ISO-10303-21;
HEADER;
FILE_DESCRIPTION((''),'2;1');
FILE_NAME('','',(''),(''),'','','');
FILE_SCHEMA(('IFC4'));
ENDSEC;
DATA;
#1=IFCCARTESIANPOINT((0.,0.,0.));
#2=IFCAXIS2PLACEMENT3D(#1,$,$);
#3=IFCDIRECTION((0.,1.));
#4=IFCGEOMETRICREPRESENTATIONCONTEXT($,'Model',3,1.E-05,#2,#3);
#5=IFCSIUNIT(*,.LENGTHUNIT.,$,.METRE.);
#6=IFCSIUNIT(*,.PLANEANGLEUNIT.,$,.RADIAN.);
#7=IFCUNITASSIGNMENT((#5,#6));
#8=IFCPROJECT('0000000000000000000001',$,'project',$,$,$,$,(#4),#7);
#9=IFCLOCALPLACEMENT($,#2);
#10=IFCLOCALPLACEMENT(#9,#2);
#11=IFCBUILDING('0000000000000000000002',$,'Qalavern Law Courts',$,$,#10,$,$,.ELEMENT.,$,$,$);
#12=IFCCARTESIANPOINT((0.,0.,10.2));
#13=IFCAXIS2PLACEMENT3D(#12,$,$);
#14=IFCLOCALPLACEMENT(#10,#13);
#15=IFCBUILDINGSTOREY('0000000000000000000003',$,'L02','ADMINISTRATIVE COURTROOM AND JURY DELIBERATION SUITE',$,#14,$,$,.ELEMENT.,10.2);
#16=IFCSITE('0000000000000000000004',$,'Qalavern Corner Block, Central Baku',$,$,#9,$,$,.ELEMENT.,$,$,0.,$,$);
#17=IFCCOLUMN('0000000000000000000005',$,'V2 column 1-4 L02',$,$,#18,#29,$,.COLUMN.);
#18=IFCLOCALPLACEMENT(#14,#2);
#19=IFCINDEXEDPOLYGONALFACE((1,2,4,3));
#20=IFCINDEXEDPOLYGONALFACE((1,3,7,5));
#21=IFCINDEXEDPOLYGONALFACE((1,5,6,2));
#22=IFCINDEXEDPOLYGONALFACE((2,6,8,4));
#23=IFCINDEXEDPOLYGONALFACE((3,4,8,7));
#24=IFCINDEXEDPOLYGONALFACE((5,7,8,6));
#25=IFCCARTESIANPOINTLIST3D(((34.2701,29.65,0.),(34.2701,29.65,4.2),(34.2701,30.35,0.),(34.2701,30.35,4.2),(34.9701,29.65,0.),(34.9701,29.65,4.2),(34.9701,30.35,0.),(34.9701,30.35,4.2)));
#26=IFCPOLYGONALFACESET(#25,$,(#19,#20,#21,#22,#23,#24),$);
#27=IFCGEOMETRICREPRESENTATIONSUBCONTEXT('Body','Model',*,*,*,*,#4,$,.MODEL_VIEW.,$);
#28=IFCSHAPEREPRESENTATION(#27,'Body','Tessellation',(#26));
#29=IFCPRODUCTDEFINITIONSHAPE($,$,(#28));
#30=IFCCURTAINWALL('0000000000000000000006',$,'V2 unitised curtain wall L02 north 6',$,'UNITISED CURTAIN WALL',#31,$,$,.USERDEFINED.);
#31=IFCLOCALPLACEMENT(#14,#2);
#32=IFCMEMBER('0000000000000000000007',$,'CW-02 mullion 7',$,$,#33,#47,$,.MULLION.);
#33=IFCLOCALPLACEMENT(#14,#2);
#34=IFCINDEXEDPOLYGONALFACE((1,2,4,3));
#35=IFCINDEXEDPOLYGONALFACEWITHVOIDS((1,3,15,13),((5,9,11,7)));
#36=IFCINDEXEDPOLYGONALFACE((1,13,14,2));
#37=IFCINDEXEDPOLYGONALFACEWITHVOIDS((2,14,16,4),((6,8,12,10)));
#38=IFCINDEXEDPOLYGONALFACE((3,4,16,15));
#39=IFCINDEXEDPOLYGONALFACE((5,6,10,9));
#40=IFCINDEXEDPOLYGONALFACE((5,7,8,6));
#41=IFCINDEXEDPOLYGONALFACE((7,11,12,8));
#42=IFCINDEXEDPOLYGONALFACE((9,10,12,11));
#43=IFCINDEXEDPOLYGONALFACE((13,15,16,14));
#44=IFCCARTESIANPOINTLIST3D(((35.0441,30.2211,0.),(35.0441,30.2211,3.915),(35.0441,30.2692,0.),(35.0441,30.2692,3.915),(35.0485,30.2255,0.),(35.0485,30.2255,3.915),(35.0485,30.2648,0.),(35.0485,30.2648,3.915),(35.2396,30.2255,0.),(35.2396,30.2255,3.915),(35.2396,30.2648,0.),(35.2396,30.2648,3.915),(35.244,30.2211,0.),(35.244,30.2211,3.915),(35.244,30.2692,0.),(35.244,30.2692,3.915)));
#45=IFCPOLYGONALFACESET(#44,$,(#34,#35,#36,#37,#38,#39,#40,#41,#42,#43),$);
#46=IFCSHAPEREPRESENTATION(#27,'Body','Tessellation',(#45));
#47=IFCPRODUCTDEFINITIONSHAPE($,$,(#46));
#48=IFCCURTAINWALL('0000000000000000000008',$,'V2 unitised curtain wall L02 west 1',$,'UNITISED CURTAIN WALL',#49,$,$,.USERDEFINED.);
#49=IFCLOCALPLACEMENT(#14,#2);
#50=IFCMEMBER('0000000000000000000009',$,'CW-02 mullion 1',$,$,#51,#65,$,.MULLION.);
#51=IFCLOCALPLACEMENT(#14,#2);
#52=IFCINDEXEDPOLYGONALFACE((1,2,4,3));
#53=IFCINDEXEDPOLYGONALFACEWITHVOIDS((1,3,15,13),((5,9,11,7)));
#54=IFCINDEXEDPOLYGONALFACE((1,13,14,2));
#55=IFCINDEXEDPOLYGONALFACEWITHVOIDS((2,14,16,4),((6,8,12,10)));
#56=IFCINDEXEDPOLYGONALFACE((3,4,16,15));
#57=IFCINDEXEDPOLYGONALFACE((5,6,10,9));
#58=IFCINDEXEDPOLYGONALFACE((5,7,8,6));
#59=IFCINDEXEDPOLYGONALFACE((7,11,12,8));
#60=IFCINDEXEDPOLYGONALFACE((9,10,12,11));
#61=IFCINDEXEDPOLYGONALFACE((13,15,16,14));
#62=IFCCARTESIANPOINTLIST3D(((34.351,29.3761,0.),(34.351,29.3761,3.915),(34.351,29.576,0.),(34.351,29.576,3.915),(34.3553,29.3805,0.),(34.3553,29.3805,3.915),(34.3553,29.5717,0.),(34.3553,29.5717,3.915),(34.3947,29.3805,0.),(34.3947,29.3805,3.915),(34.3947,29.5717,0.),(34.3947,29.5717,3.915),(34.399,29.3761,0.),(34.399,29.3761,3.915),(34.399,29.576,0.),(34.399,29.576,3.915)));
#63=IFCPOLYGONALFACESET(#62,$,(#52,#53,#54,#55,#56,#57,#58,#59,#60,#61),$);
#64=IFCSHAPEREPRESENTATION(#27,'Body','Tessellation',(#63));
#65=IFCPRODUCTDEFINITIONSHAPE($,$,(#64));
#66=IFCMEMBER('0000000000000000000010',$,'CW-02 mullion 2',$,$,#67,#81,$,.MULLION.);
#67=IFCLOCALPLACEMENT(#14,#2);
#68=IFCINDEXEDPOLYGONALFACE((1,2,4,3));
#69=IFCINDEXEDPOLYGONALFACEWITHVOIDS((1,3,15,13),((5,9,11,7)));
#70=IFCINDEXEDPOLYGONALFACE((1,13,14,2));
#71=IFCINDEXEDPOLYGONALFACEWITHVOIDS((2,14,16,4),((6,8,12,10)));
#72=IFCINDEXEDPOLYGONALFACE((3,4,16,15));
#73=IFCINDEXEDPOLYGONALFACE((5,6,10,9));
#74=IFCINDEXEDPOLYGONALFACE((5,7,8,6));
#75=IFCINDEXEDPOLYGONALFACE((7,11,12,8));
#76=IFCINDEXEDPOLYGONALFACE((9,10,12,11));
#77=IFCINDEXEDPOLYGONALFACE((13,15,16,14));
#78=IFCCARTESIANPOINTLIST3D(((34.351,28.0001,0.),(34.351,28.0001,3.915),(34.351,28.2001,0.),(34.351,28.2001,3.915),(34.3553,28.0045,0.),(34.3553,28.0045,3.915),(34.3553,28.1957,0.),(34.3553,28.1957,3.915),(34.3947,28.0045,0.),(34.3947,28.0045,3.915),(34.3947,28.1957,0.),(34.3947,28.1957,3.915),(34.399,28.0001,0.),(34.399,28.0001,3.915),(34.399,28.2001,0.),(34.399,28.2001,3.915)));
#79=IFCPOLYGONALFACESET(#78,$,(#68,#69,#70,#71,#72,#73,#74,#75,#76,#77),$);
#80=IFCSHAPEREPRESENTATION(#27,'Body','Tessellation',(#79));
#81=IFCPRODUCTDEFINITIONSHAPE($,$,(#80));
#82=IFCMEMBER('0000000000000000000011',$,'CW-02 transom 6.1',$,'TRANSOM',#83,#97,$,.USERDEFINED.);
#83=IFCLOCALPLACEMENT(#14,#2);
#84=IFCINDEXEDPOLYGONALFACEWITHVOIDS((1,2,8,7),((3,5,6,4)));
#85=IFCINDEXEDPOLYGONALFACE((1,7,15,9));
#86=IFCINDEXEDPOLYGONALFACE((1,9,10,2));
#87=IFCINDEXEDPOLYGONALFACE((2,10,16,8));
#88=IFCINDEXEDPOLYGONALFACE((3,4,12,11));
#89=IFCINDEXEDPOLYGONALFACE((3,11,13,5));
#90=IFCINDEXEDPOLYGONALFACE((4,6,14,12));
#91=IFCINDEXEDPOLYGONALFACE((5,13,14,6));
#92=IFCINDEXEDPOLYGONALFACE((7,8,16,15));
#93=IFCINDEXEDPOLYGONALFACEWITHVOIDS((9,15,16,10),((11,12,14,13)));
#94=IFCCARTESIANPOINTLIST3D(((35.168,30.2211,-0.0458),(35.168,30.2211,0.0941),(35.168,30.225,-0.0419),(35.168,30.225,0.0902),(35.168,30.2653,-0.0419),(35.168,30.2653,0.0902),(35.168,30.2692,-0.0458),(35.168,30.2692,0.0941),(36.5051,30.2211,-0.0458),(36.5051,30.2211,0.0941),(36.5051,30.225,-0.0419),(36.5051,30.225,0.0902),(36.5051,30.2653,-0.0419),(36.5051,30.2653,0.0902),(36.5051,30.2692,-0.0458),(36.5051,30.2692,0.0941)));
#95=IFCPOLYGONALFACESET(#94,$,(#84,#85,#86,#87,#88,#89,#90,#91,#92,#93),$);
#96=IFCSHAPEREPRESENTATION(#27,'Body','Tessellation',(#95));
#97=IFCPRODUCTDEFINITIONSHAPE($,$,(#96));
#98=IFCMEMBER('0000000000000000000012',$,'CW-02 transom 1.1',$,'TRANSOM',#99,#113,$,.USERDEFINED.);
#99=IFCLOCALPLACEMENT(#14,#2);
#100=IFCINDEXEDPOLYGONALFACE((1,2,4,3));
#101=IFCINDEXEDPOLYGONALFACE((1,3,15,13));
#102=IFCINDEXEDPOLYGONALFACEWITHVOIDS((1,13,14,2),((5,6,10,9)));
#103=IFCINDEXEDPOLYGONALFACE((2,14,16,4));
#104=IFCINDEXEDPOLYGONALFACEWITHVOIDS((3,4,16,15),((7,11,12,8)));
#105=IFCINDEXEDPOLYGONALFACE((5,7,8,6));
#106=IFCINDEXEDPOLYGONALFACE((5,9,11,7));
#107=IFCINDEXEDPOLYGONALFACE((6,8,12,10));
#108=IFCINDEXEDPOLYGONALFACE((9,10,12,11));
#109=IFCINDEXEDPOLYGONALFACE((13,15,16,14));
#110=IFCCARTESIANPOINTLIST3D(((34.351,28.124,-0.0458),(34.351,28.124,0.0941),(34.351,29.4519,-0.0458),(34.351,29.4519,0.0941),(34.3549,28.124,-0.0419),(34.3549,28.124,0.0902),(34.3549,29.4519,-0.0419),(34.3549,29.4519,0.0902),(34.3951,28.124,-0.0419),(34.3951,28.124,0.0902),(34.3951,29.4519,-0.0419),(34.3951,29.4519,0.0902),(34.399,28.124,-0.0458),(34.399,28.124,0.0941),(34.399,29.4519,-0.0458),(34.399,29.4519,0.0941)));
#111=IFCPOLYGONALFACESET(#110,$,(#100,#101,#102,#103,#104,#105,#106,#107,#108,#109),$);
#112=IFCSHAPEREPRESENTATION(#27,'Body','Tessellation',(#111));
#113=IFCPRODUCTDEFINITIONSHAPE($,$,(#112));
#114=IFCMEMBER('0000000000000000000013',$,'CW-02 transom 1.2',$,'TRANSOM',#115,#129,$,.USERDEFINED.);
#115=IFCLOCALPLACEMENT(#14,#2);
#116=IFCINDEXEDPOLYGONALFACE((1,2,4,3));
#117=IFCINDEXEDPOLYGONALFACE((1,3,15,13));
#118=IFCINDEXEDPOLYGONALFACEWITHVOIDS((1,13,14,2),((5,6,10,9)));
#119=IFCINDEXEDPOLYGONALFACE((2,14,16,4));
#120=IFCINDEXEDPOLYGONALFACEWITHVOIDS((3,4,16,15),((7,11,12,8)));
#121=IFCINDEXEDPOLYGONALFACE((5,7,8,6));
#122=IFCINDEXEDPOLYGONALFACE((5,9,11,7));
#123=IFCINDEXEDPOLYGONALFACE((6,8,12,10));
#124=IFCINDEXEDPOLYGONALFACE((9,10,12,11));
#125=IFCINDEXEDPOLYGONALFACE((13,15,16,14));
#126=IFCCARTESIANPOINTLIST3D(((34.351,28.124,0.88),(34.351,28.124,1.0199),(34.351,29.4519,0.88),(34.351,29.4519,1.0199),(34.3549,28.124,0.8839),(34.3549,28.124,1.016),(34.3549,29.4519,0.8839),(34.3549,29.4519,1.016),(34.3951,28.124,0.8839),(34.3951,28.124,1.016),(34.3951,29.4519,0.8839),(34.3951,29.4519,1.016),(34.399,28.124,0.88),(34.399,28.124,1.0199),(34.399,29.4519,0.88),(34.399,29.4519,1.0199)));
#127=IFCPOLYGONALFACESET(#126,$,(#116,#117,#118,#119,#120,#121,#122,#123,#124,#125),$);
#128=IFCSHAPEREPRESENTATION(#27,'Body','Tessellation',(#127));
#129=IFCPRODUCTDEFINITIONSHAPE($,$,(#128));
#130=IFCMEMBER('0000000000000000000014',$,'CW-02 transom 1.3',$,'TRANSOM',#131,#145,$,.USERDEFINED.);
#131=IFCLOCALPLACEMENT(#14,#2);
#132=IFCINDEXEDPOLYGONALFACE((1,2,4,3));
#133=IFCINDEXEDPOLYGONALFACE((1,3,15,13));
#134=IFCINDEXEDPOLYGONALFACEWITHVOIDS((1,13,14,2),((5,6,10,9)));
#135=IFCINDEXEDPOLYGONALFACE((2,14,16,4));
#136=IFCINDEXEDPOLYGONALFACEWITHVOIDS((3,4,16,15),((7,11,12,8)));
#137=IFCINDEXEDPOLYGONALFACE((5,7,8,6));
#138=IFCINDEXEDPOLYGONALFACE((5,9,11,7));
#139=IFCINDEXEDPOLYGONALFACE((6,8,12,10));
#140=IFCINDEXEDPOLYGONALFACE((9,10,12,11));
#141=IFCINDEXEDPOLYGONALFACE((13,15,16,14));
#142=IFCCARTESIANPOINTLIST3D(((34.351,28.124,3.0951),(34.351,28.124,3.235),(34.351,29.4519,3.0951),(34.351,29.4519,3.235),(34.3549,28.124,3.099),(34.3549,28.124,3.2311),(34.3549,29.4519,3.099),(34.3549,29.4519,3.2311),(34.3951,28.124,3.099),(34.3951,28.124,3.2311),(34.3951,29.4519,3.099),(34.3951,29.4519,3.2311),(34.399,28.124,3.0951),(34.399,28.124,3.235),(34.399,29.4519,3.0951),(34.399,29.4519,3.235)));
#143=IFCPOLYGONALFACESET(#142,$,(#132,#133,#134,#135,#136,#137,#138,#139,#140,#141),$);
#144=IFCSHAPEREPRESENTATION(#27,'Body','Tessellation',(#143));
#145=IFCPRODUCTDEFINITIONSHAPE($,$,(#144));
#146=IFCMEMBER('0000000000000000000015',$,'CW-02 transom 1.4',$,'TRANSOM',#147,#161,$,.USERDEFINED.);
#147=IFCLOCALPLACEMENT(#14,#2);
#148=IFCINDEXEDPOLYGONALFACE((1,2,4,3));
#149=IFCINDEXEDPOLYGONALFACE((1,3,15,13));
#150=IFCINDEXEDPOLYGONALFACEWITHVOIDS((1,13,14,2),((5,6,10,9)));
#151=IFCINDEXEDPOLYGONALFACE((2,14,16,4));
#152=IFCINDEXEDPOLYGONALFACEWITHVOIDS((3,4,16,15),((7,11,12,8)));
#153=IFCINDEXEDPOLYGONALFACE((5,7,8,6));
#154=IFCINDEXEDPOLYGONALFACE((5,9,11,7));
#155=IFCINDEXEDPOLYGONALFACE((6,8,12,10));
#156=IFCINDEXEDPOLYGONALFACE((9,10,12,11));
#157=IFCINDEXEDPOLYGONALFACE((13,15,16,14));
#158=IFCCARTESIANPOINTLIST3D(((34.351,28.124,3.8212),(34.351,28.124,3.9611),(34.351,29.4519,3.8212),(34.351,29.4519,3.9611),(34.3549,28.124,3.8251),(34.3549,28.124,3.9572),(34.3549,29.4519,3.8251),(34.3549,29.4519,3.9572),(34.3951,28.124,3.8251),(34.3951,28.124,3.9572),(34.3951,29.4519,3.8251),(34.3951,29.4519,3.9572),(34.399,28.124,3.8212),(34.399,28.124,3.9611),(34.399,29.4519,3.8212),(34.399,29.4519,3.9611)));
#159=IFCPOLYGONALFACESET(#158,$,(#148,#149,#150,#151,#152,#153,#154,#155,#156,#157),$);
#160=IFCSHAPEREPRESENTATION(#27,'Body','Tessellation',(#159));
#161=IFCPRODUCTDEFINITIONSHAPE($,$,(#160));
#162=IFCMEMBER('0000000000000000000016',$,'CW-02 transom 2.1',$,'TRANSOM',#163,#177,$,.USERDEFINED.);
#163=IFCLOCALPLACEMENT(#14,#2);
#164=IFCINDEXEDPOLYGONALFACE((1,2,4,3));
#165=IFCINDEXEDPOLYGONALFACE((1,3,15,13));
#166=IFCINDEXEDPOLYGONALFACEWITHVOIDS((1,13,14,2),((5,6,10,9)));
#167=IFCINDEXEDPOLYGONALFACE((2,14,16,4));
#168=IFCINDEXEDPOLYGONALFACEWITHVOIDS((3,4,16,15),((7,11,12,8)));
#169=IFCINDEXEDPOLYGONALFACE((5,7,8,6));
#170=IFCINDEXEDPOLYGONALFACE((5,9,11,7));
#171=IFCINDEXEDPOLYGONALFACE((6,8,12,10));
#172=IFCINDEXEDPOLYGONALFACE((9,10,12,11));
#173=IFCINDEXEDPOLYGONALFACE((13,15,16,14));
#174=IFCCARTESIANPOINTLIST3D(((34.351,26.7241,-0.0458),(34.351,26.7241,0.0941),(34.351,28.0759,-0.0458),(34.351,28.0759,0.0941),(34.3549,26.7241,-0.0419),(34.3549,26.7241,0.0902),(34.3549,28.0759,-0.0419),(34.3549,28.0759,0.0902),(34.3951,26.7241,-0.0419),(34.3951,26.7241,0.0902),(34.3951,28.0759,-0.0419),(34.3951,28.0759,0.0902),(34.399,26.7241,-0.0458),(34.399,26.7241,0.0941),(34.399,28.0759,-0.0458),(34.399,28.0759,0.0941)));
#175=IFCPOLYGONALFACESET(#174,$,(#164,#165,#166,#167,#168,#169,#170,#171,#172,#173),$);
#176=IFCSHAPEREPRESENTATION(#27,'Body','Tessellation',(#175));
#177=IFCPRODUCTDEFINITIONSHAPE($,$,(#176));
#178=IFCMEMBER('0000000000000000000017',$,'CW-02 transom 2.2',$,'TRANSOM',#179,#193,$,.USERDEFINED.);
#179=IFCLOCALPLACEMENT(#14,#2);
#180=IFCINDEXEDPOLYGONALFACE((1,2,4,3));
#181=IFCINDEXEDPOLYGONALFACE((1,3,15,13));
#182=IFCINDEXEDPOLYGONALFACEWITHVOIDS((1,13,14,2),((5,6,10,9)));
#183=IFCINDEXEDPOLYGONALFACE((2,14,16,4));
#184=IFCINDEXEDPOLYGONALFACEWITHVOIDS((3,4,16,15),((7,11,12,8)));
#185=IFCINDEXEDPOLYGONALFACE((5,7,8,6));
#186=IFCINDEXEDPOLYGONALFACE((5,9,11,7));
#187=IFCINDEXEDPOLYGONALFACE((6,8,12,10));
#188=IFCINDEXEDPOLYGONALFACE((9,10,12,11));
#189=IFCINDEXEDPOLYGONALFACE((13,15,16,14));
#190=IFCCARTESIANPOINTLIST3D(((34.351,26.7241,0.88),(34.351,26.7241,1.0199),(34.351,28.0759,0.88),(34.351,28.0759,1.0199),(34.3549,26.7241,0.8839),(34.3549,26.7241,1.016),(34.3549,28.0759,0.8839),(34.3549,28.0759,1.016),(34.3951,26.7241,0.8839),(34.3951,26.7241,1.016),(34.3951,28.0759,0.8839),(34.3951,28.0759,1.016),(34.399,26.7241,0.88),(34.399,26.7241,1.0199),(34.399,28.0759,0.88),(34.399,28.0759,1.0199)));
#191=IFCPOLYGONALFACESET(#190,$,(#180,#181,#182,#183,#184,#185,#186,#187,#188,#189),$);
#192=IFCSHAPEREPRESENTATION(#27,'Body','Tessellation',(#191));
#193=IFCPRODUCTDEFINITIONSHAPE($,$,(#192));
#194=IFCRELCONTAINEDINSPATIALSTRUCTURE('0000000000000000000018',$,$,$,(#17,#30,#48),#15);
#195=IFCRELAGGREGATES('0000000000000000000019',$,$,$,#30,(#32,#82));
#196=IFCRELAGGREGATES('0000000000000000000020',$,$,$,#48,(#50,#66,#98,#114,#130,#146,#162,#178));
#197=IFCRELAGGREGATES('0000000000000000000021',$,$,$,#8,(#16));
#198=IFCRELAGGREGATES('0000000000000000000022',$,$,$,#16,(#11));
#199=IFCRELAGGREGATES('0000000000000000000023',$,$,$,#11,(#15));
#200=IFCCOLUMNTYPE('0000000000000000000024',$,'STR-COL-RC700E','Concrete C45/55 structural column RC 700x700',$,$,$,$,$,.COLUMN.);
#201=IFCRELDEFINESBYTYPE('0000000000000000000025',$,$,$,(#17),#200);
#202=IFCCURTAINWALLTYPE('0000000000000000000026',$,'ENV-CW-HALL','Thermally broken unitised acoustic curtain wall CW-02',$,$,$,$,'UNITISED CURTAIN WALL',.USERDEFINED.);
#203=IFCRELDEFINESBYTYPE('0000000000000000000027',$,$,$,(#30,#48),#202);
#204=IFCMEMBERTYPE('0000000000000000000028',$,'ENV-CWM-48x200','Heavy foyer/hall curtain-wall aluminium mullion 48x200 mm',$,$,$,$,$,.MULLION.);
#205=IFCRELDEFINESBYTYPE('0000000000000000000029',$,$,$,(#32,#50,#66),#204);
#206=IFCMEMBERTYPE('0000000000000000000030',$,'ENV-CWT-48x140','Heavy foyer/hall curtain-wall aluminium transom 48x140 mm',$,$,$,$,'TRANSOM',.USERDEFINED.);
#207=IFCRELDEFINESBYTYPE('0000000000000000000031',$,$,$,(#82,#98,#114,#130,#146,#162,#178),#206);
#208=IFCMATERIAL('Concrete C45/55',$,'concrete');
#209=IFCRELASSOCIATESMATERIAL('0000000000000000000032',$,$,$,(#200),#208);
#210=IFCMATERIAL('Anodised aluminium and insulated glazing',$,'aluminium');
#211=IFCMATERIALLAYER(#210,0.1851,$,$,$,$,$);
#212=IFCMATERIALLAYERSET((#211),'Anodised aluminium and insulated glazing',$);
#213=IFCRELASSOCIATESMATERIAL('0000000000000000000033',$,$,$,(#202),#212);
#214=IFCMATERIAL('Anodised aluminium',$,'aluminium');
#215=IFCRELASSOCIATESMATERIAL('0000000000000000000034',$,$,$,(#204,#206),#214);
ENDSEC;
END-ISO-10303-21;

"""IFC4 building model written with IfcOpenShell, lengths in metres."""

from ifc_helpers import new_model, si_unit, direction, frame, origin, origin_2d, place, context, subcontext, project, spatial, rectangle, hollow_rectangle, extrude, material, layer, layer_set, material_profile, profile_set, type_object, element, aggregate, save


model = new_model("IFC4")

# Units and contexts
model_context = context("Model", 3, precision=1e-05, world=origin(), true_north=direction((0.0, 1.0)))
body_context = subcontext(model_context, "Body", "Model", "MODEL_VIEW")
ifc_project = project(units=[si_unit("LENGTHUNIT", "METRE"), si_unit("PLANEANGLEUNIT", "RADIAN")], contexts=[model_context])

# Site, building, storey
site_placement = place(None, origin())
site = spatial("IfcSite", under=ifc_project, at=site_placement, Name="Qalavern Corner Block, Central Baku", CompositionType="ELEMENT", RefElevation=0.0)
building_placement = place(site_placement, origin())
building = spatial("IfcBuilding", under=site, at=building_placement, Name="Qalavern Law Courts", CompositionType="ELEMENT")
storey_placement = place(building_placement, frame((0.0, 0.0, 10.2)))
storey = spatial("IfcBuildingStorey", under=building, at=storey_placement, Name="L02", Description="ADMINISTRATIVE COURTROOM AND JURY DELIBERATION SUITE", CompositionType="ELEMENT", Elevation=10.2)

# Column
ifc_material_1 = material(Name="Concrete C45/55", Category="concrete")
ifc_material_profile_1 = material_profile(ifc_material_1, rectangle(XDim=0.7, YDim=0.7, at=origin_2d()), Name="RC 700x700")
ifc_profile_set_1 = profile_set([ifc_material_profile_1], Name="Concrete C45/55")
column_type = type_object("IfcColumnType", Name="STR-COL-RC700E", Description="Concrete C45/55 structural column RC 700x700", PredefinedType="COLUMN", material=ifc_profile_set_1)
column_placement = place(storey_placement, frame((34.6201, 30.0, 0.0), z_axis=(0.0, 0.0, 1.0), x_axis=(1.0, 0.0, 0.0)))
element("IfcColumn", 1, at=column_placement, inside=storey, type_object=column_type, Name="V2 column 1-4 L02", PredefinedType="COLUMN", context=body_context, shape_type="SweptSolid", body=[
    extrude(rectangle(XDim=0.7, YDim=0.7, at=origin_2d()), origin(), (0.0, 0.0, 1.0), 4.2),
])

# Curtain wall, member
ifc_material_2 = material(Name="Anodised aluminium and insulated glazing", Category="aluminium")
ifc_layer_1 = layer(ifc_material_2, 0.1851)
ifc_layer_set_1 = layer_set([ifc_layer_1], Name="Anodised aluminium and insulated glazing")
curtain_wall_type = type_object("IfcCurtainWallType", Name="ENV-CW-HALL", Description="Thermally broken unitised acoustic curtain wall CW-02", ElementType="UNITISED CURTAIN WALL", PredefinedType="USERDEFINED", material=ifc_layer_set_1)
curtain_wall_1_placement = place(storey_placement, origin())
curtain_wall_1 = element("IfcCurtainWall", 2, at=curtain_wall_1_placement, inside=storey, type_object=curtain_wall_type, Name="V2 unitised curtain wall L02 north 6", ObjectType="UNITISED CURTAIN WALL", PredefinedType="USERDEFINED")
ifc_material_3 = material(Name="Anodised aluminium", Category="aluminium")
ifc_material_profile_2 = material_profile(ifc_material_3, hollow_rectangle(XDim=0.0481, YDim=0.2, WallThickness=0.0044, at=origin_2d()), Name="ALU MULLION 48x200")
ifc_profile_set_2 = profile_set([ifc_material_profile_2], Name="Anodised aluminium")
member_type_1 = type_object("IfcMemberType", Name="ENV-CWM-48x200", Description="Heavy foyer/hall curtain-wall aluminium mullion 48x200 mm", PredefinedType="MULLION", material=ifc_profile_set_2)
member_1_placement = place(storey_placement, frame((35.144, 30.2451, 0.0), z_axis=(0.0, 0.0, 1.0), x_axis=(0.0, -1.0, 0.0)))
member_1 = element("IfcMember", 3, at=member_1_placement, type_object=member_type_1, Name="CW-02 mullion 7", PredefinedType="MULLION", context=body_context, shape_type="SweptSolid", body=[
    extrude(hollow_rectangle(XDim=0.0481, YDim=0.2, WallThickness=0.0044, at=origin_2d()), origin(), (0.0, 0.0, 1.0), 3.915),
])

# Curtain wall, members
curtain_wall_2_placement = place(storey_placement, origin())
curtain_wall_2 = element("IfcCurtainWall", 4, at=curtain_wall_2_placement, inside=storey, type_object=curtain_wall_type, Name="V2 unitised curtain wall L02 west 1", ObjectType="UNITISED CURTAIN WALL", PredefinedType="USERDEFINED")
member_2_placement = place(storey_placement, frame((34.375, 29.4761, 0.0), z_axis=(0.0, 0.0, 1.0), x_axis=(1.0, 0.0, 0.0)))
member_2 = element("IfcMember", 5, at=member_2_placement, type_object=member_type_1, Name="CW-02 mullion 1", PredefinedType="MULLION", context=body_context, shape_type="SweptSolid", body=[
    extrude(hollow_rectangle(XDim=0.0481, YDim=0.2, WallThickness=0.0044, at=origin_2d()), origin(), (0.0, 0.0, 1.0), 3.915),
])
member_3_placement = place(storey_placement, frame((34.375, 28.1001, 0.0), z_axis=(0.0, 0.0, 1.0), x_axis=(1.0, 0.0, 0.0)))
member_3 = element("IfcMember", 6, at=member_3_placement, type_object=member_type_1, Name="CW-02 mullion 2", PredefinedType="MULLION", context=body_context, shape_type="SweptSolid", body=[
    extrude(hollow_rectangle(XDim=0.0481, YDim=0.2, WallThickness=0.0044, at=origin_2d()), origin(), (0.0, 0.0, 1.0), 3.915),
])

# Members
ifc_material_profile_3 = material_profile(ifc_material_3, hollow_rectangle(XDim=0.0481, YDim=0.1399, WallThickness=0.0039, at=origin_2d()), Name="ALU TRANSOM 48x140")
ifc_profile_set_3 = profile_set([ifc_material_profile_3], Name="Anodised aluminium")
member_type_2 = type_object("IfcMemberType", Name="ENV-CWT-48x140", Description="Heavy foyer/hall curtain-wall aluminium transom 48x140 mm", ElementType="TRANSOM", PredefinedType="USERDEFINED", material=ifc_profile_set_3)
member_4_placement = place(storey_placement, frame((36.5051, 30.2451, 0.0242), z_axis=(-1.0, 0.0, 0.0), x_axis=(0.0, -1.0, 0.0)))
member_4 = element("IfcMember", 7, at=member_4_placement, type_object=member_type_2, Name="CW-02 transom 6.1", ObjectType="TRANSOM", PredefinedType="USERDEFINED", context=body_context, shape_type="SweptSolid", body=[
    extrude(hollow_rectangle(XDim=0.0481, YDim=0.1399, WallThickness=0.0039, at=origin_2d()), origin(), (0.0, 0.0, 1.0), 1.3372),
])
member_5_placement = place(storey_placement, frame((34.375, 29.4519, 0.0242), z_axis=(0.0, -1.0, 0.0), x_axis=(1.0, 0.0, 0.0)))
member_5 = element("IfcMember", 8, at=member_5_placement, type_object=member_type_2, Name="CW-02 transom 1.1", ObjectType="TRANSOM", PredefinedType="USERDEFINED", context=body_context, shape_type="SweptSolid", body=[
    extrude(hollow_rectangle(XDim=0.0481, YDim=0.1399, WallThickness=0.0039, at=origin_2d()), origin(), (0.0, 0.0, 1.0), 1.3279),
])
member_6_placement = place(storey_placement, frame((34.375, 29.4519, 0.95), z_axis=(0.0, -1.0, 0.0), x_axis=(1.0, 0.0, 0.0)))
member_6 = element("IfcMember", 9, at=member_6_placement, type_object=member_type_2, Name="CW-02 transom 1.2", ObjectType="TRANSOM", PredefinedType="USERDEFINED", context=body_context, shape_type="SweptSolid", body=[
    extrude(hollow_rectangle(XDim=0.0481, YDim=0.1399, WallThickness=0.0039, at=origin_2d()), origin(), (0.0, 0.0, 1.0), 1.3279),
])
member_7_placement = place(storey_placement, frame((34.375, 29.4519, 3.165), z_axis=(0.0, -1.0, 0.0), x_axis=(1.0, 0.0, 0.0)))
member_7 = element("IfcMember", 10, at=member_7_placement, type_object=member_type_2, Name="CW-02 transom 1.3", ObjectType="TRANSOM", PredefinedType="USERDEFINED", context=body_context, shape_type="SweptSolid", body=[
    extrude(hollow_rectangle(XDim=0.0481, YDim=0.1399, WallThickness=0.0039, at=origin_2d()), origin(), (0.0, 0.0, 1.0), 1.3279),
])
member_8_placement = place(storey_placement, frame((34.375, 29.4519, 3.8911), z_axis=(0.0, -1.0, 0.0), x_axis=(1.0, 0.0, 0.0)))
member_8 = element("IfcMember", 11, at=member_8_placement, type_object=member_type_2, Name="CW-02 transom 1.4", ObjectType="TRANSOM", PredefinedType="USERDEFINED", context=body_context, shape_type="SweptSolid", body=[
    extrude(hollow_rectangle(XDim=0.0481, YDim=0.1399, WallThickness=0.0039, at=origin_2d()), origin(), (0.0, 0.0, 1.0), 1.3279),
])
member_9_placement = place(storey_placement, frame((34.375, 28.0759, 0.0242), z_axis=(0.0, -1.0, 0.0), x_axis=(1.0, 0.0, 0.0)))
member_9 = element("IfcMember", 12, at=member_9_placement, type_object=member_type_2, Name="CW-02 transom 2.1", ObjectType="TRANSOM", PredefinedType="USERDEFINED", context=body_context, shape_type="SweptSolid", body=[
    extrude(hollow_rectangle(XDim=0.0481, YDim=0.1399, WallThickness=0.0039, at=origin_2d()), origin(), (0.0, 0.0, 1.0), 1.3518),
])
member_10_placement = place(storey_placement, frame((34.375, 28.0759, 0.95), z_axis=(0.0, -1.0, 0.0), x_axis=(1.0, 0.0, 0.0)))
member_10 = element("IfcMember", 13, at=member_10_placement, type_object=member_type_2, Name="CW-02 transom 2.2", ObjectType="TRANSOM", PredefinedType="USERDEFINED", context=body_context, shape_type="SweptSolid", body=[
    extrude(hollow_rectangle(XDim=0.0481, YDim=0.1399, WallThickness=0.0039, at=origin_2d()), origin(), (0.0, 0.0, 1.0), 1.3518),
])

aggregate(curtain_wall_1, [member_1, member_4])
aggregate(curtain_wall_2, [member_2, member_3, member_5, member_6, member_7, member_8, member_9, member_10])

save(model, "model.ifc")
